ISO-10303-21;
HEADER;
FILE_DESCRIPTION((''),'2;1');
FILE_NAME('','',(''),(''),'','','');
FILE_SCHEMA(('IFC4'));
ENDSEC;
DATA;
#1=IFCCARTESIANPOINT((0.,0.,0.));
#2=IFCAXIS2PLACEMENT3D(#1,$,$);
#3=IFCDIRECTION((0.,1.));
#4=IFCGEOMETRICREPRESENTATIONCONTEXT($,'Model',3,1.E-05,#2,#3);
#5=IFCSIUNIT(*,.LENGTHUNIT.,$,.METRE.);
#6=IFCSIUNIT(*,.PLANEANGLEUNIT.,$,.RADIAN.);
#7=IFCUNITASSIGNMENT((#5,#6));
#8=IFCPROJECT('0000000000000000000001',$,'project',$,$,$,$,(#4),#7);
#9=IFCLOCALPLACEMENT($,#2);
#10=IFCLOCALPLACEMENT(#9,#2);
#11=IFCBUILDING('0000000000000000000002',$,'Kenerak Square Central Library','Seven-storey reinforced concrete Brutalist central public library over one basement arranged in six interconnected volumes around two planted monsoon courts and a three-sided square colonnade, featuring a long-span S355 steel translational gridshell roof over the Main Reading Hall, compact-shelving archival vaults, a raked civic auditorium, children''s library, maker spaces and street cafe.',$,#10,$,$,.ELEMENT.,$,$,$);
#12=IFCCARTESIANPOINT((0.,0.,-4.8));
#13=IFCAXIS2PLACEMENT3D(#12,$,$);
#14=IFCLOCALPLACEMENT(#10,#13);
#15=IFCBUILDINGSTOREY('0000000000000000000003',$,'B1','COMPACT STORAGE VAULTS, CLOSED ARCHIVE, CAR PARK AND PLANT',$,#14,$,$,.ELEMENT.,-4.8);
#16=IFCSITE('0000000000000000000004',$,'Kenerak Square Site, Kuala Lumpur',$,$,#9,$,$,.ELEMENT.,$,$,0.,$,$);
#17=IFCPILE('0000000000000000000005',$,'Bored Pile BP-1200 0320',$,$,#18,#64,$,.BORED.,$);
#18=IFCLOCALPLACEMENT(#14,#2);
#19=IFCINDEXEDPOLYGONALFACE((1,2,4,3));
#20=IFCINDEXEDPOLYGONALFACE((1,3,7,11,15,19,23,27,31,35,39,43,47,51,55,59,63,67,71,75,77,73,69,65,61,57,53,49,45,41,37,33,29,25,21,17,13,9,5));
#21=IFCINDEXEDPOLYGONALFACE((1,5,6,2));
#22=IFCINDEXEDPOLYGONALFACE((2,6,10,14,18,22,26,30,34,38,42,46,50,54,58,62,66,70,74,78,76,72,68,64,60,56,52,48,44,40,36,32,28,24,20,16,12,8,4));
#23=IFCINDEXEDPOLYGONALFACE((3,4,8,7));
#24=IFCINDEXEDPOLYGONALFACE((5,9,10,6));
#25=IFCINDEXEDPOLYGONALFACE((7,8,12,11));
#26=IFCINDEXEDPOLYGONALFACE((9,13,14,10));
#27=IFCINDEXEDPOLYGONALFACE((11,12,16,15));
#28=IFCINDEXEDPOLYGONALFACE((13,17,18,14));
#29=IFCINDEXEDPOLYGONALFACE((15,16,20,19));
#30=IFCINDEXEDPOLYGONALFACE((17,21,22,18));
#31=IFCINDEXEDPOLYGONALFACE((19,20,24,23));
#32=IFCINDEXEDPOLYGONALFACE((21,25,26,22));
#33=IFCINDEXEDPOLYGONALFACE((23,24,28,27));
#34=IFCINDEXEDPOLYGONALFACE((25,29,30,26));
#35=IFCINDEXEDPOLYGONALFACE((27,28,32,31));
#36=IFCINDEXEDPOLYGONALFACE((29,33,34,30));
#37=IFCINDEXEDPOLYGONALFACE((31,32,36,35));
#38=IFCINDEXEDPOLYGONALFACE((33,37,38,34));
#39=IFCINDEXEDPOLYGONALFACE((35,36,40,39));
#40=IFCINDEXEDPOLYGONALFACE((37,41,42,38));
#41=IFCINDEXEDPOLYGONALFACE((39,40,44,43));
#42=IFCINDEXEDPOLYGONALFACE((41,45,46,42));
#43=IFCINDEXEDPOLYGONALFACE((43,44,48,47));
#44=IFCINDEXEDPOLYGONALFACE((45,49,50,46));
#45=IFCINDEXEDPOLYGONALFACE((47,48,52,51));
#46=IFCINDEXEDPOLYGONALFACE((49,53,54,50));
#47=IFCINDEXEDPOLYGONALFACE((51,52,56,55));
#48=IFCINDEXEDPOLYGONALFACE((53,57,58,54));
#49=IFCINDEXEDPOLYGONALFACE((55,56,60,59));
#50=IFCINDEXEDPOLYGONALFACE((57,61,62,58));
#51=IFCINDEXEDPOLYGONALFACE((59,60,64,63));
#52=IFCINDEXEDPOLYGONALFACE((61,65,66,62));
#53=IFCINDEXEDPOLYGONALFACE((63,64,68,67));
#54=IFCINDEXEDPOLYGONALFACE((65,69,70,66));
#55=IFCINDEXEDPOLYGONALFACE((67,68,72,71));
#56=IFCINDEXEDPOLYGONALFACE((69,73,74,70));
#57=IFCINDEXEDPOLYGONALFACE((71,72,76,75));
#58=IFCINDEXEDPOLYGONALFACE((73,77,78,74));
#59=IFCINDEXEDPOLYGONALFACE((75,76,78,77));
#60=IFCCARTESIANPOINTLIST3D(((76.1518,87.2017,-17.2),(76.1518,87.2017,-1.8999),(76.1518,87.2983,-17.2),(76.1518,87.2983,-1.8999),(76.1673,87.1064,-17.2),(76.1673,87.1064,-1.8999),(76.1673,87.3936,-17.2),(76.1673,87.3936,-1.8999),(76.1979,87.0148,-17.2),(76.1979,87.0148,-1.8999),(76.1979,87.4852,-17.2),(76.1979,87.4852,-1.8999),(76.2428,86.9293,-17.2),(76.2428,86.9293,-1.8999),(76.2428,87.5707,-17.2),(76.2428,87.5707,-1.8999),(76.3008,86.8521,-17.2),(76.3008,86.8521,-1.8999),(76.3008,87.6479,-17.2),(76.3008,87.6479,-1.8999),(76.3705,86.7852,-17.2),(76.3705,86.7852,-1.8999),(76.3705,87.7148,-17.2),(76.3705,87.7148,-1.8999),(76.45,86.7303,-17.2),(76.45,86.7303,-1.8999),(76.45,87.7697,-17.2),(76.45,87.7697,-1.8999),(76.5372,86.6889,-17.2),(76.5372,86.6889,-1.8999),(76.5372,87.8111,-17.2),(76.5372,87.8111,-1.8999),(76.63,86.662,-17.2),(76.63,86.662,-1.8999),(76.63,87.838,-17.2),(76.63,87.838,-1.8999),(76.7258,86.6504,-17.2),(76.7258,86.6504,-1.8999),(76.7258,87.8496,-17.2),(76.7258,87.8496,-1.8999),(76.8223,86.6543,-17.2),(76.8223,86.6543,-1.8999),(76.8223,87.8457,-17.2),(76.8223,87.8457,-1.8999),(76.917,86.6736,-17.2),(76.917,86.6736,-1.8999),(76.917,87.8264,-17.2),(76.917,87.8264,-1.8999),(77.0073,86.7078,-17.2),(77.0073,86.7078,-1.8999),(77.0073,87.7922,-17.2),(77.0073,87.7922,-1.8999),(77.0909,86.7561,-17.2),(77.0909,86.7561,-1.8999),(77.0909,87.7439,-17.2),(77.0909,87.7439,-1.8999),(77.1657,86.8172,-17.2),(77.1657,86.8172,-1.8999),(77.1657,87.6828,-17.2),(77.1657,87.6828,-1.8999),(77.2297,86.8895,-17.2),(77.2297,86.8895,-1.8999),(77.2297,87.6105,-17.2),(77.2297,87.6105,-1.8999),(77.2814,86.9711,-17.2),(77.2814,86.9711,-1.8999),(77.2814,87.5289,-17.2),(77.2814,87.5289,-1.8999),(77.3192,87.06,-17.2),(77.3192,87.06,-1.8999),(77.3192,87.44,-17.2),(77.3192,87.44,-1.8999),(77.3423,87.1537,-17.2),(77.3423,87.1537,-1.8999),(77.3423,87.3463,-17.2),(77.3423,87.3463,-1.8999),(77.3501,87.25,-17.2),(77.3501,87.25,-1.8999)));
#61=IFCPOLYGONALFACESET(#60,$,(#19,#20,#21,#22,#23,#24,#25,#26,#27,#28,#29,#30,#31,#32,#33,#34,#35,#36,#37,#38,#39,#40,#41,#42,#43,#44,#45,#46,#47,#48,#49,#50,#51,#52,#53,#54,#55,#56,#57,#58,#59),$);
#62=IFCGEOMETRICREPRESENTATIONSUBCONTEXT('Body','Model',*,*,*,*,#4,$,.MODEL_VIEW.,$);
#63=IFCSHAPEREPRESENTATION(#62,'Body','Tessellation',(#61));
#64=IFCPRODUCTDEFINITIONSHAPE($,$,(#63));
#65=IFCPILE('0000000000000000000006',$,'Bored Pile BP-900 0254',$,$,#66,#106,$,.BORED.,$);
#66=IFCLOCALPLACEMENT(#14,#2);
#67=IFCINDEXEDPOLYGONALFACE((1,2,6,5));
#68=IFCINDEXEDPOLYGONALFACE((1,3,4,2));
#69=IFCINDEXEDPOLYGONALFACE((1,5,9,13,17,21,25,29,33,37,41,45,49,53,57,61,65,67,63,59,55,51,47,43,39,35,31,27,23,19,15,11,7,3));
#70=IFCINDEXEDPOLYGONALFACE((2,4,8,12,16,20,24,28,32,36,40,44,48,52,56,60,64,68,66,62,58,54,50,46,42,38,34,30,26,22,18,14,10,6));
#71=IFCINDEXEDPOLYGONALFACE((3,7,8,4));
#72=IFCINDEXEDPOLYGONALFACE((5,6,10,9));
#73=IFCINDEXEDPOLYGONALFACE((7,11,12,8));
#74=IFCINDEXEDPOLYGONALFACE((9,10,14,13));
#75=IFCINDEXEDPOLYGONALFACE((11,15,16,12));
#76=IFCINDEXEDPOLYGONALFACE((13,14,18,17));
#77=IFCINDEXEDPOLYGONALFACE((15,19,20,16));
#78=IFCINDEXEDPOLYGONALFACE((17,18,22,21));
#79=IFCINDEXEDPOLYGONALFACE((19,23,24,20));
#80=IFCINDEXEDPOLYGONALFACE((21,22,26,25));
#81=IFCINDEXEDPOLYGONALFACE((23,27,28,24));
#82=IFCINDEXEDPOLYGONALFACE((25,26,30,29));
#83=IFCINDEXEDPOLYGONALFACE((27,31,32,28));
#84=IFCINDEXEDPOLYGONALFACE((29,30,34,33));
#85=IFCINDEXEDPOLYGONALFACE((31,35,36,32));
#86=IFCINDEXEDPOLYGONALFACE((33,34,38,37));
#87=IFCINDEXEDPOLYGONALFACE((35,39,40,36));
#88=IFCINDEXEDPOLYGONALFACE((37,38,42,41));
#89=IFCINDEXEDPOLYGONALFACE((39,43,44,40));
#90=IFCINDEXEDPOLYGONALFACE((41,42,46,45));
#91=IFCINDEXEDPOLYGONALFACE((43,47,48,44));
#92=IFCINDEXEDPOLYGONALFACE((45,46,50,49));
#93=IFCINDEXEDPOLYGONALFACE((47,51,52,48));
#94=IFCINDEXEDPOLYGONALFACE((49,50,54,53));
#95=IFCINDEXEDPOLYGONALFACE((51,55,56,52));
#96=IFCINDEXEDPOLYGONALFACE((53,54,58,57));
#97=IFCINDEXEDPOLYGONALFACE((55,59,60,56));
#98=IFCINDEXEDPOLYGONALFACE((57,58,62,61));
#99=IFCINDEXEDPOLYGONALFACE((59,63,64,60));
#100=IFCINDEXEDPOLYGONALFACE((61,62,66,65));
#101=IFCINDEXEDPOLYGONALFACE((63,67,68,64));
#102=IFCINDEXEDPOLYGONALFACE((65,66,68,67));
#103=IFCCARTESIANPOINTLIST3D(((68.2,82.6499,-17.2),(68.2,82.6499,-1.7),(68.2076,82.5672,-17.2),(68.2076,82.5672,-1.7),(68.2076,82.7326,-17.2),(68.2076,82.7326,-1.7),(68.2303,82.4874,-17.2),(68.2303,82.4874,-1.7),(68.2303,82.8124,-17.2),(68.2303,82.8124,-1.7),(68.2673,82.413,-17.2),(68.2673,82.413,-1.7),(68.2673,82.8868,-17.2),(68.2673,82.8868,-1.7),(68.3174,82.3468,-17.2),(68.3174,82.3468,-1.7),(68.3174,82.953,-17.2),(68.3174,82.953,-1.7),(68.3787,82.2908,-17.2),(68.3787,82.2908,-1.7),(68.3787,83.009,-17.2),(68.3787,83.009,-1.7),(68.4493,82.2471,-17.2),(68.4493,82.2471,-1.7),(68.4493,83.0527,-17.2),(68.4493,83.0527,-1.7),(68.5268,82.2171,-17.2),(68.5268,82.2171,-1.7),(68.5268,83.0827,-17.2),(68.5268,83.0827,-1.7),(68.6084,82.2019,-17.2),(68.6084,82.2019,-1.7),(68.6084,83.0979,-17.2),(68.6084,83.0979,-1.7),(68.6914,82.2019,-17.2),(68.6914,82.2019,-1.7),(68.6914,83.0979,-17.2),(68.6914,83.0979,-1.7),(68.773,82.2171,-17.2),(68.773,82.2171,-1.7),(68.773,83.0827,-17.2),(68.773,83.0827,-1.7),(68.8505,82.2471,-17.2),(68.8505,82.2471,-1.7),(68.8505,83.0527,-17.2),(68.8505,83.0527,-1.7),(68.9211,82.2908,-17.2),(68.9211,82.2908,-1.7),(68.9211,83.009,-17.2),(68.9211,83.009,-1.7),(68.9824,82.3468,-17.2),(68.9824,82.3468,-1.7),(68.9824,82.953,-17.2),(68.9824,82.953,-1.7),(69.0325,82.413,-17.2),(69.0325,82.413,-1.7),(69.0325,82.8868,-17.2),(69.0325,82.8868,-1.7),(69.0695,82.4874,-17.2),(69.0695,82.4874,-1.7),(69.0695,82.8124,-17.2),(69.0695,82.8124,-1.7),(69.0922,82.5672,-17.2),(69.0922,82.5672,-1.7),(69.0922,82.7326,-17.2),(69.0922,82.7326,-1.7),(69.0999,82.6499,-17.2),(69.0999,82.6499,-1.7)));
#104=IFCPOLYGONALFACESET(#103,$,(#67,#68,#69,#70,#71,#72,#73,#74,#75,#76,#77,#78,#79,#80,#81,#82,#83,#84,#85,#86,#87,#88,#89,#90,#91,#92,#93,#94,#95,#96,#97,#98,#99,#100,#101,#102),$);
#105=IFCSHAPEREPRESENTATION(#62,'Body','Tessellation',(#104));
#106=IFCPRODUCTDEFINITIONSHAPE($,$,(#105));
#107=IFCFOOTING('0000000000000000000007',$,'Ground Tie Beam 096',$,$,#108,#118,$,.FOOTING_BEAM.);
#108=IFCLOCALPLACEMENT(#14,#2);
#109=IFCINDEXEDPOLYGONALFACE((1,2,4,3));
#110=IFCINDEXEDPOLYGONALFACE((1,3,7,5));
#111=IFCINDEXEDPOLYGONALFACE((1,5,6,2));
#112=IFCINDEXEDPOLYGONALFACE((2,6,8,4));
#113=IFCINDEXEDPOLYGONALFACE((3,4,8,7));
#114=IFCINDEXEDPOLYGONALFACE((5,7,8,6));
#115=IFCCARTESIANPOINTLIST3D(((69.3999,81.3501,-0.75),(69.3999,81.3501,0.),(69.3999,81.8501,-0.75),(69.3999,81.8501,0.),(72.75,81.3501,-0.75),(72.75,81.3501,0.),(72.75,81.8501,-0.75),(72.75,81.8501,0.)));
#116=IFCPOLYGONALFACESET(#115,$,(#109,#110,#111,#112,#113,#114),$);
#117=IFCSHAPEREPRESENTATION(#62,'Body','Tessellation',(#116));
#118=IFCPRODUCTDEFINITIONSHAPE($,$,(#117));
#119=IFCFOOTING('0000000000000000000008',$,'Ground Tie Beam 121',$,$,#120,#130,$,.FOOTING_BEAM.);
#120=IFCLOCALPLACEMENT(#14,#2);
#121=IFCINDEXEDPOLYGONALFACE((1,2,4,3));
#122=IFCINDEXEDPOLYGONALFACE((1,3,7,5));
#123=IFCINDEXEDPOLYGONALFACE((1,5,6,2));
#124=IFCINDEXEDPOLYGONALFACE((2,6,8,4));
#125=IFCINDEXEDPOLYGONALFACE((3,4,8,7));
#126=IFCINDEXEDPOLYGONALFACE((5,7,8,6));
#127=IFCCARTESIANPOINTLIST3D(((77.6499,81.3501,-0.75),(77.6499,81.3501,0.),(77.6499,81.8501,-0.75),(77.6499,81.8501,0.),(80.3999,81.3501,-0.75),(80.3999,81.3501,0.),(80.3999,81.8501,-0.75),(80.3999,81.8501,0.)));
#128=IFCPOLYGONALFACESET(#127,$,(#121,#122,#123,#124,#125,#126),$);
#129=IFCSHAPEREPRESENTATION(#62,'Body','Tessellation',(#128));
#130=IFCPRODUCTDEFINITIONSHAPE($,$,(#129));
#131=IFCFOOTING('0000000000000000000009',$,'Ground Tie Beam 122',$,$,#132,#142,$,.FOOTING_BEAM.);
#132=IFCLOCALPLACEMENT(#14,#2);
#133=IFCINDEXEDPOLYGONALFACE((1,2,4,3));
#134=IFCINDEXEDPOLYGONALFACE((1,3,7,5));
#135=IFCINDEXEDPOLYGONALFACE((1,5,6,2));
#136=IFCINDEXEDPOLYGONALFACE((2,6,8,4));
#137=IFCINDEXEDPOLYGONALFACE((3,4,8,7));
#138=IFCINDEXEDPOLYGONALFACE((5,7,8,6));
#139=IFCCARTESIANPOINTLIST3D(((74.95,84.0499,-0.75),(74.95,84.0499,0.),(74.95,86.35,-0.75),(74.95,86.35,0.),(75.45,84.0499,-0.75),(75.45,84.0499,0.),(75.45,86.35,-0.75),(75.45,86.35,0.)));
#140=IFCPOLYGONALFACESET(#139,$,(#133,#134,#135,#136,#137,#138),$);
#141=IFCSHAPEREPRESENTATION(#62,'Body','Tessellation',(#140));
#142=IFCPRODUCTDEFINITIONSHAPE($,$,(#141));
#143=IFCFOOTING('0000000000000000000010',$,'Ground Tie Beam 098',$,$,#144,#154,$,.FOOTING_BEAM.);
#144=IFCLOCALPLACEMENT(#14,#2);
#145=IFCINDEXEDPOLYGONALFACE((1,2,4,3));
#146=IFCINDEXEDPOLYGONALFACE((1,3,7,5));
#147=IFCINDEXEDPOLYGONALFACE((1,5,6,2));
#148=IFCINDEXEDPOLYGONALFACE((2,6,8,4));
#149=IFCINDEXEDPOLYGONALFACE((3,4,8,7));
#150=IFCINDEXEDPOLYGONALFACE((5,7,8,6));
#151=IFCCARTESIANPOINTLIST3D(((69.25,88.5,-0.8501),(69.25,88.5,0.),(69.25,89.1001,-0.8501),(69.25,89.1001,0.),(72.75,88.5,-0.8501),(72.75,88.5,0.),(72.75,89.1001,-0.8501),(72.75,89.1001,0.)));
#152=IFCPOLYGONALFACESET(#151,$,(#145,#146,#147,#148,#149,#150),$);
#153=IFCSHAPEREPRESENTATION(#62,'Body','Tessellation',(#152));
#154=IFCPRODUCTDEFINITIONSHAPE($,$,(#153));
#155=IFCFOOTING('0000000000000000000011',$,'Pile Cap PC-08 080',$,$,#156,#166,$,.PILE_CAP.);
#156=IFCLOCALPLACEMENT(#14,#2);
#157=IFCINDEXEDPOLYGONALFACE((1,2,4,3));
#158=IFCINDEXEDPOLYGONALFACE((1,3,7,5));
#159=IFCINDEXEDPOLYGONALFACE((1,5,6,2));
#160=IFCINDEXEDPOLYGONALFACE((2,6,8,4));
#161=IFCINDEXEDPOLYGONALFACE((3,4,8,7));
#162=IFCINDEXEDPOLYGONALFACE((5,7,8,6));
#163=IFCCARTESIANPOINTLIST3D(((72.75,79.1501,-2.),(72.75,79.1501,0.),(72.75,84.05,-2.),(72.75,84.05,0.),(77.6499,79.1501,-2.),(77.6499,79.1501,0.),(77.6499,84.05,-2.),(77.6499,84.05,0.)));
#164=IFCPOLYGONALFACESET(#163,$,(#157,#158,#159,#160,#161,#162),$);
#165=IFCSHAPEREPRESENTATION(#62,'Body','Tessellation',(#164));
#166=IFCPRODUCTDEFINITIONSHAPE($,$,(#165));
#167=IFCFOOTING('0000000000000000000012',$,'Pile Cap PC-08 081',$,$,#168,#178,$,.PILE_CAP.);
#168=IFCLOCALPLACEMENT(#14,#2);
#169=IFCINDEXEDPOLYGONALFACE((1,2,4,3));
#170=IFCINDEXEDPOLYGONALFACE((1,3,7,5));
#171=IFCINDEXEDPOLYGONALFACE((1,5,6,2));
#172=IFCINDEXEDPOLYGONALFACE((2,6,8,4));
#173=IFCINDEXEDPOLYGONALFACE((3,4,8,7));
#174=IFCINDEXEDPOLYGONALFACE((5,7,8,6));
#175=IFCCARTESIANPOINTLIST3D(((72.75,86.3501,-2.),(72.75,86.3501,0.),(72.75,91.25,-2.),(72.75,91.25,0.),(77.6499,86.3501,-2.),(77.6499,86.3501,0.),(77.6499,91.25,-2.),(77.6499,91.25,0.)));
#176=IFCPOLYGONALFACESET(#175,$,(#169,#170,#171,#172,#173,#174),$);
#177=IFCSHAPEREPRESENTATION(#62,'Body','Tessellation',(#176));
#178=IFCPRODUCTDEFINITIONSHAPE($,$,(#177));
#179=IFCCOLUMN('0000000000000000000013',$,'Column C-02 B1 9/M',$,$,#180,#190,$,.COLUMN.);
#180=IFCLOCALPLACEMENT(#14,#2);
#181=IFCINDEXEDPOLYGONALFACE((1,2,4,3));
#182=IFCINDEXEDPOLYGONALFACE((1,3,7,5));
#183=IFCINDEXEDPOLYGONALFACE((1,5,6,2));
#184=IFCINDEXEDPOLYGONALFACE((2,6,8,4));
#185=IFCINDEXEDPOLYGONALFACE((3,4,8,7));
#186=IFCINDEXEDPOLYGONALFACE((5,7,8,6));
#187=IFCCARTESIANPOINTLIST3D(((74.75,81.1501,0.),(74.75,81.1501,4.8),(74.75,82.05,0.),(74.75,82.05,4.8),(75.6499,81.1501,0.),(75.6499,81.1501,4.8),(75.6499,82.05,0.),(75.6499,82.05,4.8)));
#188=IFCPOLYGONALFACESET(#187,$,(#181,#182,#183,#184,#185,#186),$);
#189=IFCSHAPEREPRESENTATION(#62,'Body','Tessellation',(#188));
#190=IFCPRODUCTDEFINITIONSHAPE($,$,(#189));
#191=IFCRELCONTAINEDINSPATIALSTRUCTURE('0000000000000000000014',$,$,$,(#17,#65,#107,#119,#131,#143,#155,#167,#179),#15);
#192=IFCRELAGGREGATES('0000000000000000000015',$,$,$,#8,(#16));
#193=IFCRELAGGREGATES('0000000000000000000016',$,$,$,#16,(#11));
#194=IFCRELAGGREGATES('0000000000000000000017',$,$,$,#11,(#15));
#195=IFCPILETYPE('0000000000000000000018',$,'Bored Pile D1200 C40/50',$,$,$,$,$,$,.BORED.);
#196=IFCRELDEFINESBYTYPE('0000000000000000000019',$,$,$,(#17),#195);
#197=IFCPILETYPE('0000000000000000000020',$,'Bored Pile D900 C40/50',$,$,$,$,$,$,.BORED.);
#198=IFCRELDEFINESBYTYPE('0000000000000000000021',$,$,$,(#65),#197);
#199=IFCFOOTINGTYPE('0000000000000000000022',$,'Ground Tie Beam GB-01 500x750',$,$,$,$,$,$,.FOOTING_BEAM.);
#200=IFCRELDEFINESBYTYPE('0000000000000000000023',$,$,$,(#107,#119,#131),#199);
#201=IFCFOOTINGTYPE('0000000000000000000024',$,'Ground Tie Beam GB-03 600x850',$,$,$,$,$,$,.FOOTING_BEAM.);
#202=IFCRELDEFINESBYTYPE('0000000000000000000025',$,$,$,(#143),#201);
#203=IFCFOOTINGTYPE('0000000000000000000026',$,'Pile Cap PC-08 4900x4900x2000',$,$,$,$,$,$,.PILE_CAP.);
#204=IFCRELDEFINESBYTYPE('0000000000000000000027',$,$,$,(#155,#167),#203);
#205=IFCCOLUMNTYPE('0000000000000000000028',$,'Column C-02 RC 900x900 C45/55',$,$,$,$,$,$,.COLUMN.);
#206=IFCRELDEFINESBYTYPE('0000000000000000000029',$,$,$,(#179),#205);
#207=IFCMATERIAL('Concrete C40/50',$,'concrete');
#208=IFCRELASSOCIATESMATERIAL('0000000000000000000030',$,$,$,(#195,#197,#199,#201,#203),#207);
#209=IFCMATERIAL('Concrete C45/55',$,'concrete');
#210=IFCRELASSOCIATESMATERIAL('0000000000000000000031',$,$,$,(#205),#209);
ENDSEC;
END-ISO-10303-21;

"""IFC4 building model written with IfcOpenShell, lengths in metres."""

from ifc_helpers import new_model, si_unit, direction, frame, origin, origin_2d, place, context, subcontext, project, spatial, rectangle, circle, extrude, material, material_profile, profile_set, type_object, element, save


model = new_model("IFC4")

# Units and contexts
model_context = context("Model", 3, precision=1e-05, world=origin(), true_north=direction((0.0, 1.0)))
body_context = subcontext(model_context, "Body", "Model", "MODEL_VIEW")
ifc_project = project(units=[si_unit("LENGTHUNIT", "METRE"), si_unit("PLANEANGLEUNIT", "RADIAN")], contexts=[model_context])

# Site, building, storey
site_placement = place(None, origin())
site = spatial("IfcSite", under=ifc_project, at=site_placement, Name="Kenerak Square Site, Kuala Lumpur", CompositionType="ELEMENT", RefElevation=0.0)
building_placement = place(site_placement, origin())
building = spatial("IfcBuilding", under=site, at=building_placement, Name="Kenerak Square Central Library", Description="Seven-storey reinforced concrete Brutalist central public library over one basement arranged in six interconnected volumes around two planted monsoon courts and a three-sided square colonnade, featuring a long-span S355 steel translational gridshell roof over the Main Reading Hall, compact-shelving archival vaults, a raked civic auditorium, children's library, maker spaces and street cafe.", CompositionType="ELEMENT")
storey_placement = place(building_placement, frame((0.0, 0.0, -4.8)))
storey = spatial("IfcBuildingStorey", under=building, at=storey_placement, Name="B1", Description="COMPACT STORAGE VAULTS, CLOSED ARCHIVE, CAR PARK AND PLANT", CompositionType="ELEMENT", Elevation=-4.8)

# Piles
ifc_material_1 = material(Name="Concrete C40/50", Category="concrete")
ifc_material_profile_1 = material_profile(ifc_material_1, circle(Radius=0.6001, at=origin_2d()), Name="BP D1200")
ifc_profile_set_1 = profile_set([ifc_material_profile_1], Name="Concrete C40/50")
pile_type_1 = type_object("IfcPileType", Name="Bored Pile D1200 C40/50", PredefinedType="BORED", material=ifc_profile_set_1)
for number, where, z_axis, x_axis, name in (
    (1, (76.75, 87.25, -1.8999), (0.0, 0.0, -1.0), (1.0, 0.0, 0.0), "Bored Pile BP-1200 0320"),
):
    element("IfcPile", number, at=place(storey_placement, frame(where, z_axis=z_axis, x_axis=x_axis)), inside=storey, type_object=pile_type_1, Name=name, PredefinedType="BORED", context=body_context, shape_type="SweptSolid", body=[
        extrude(circle(Radius=0.6001, at=origin_2d()), origin(), (0.0, 0.0, 1.0), 15.3),
    ])
ifc_material_profile_2 = material_profile(ifc_material_1, circle(Radius=0.45, at=origin_2d()), Name="BP D900")
ifc_profile_set_2 = profile_set([ifc_material_profile_2], Name="Concrete C40/50")
pile_type_2 = type_object("IfcPileType", Name="Bored Pile D900 C40/50", PredefinedType="BORED", material=ifc_profile_set_2)
pile_placement = place(storey_placement, frame((68.6499, 82.6499, -1.7), z_axis=(0.0, 0.0, -1.0), x_axis=(1.0, 0.0, 0.0)))
element("IfcPile", 2, at=pile_placement, inside=storey, type_object=pile_type_2, Name="Bored Pile BP-900 0254", PredefinedType="BORED", context=body_context, shape_type="SweptSolid", body=[
    extrude(circle(Radius=0.45, at=origin_2d()), origin(), (0.0, 0.0, 1.0), 15.5),
])

# Footings
footing_type_1 = type_object("IfcFootingType", Name="Ground Tie Beam GB-01 500x750", PredefinedType="FOOTING_BEAM", material=ifc_material_1)
footing_1_placement = place(storey_placement, frame((71.075, 81.6001, -0.75), z_axis=(0.0, 0.0, 1.0), x_axis=(1.0, 0.0, 0.0)))
element("IfcFooting", 3, at=footing_1_placement, inside=storey, type_object=footing_type_1, Name="Ground Tie Beam 096", PredefinedType="FOOTING_BEAM", context=body_context, shape_type="SweptSolid", body=[
    extrude(rectangle(XDim=3.3501, YDim=0.5, at=origin_2d()), origin(), (0.0, 0.0, 1.0), 0.75),
])
footing_2_placement = place(storey_placement, frame((79.0249, 81.6001, -0.75), z_axis=(0.0, 0.0, 1.0), x_axis=(1.0, 0.0, 0.0)))
element("IfcFooting", 4, at=footing_2_placement, inside=storey, type_object=footing_type_1, Name="Ground Tie Beam 121", PredefinedType="FOOTING_BEAM", context=body_context, shape_type="SweptSolid", body=[
    extrude(rectangle(XDim=2.75, YDim=0.5, at=origin_2d()), origin(), (0.0, 0.0, 1.0), 0.75),
])
footing_3_placement = place(storey_placement, frame((75.2, 85.2, -0.75), z_axis=(0.0, 0.0, 1.0), x_axis=(1.0, 0.0, 0.0)))
element("IfcFooting", 5, at=footing_3_placement, inside=storey, type_object=footing_type_1, Name="Ground Tie Beam 122", PredefinedType="FOOTING_BEAM", context=body_context, shape_type="SweptSolid", body=[
    extrude(rectangle(XDim=0.5, YDim=2.3, at=origin_2d()), origin(), (0.0, 0.0, 1.0), 0.75),
])
footing_type_2 = type_object("IfcFootingType", Name="Ground Tie Beam GB-03 600x850", PredefinedType="FOOTING_BEAM", material=ifc_material_1)
footing_4_placement = place(storey_placement, frame((71.0, 88.8, -0.8501), z_axis=(0.0, 0.0, 1.0), x_axis=(1.0, 0.0, 0.0)))
element("IfcFooting", 6, at=footing_4_placement, inside=storey, type_object=footing_type_2, Name="Ground Tie Beam 098", PredefinedType="FOOTING_BEAM", context=body_context, shape_type="SweptSolid", body=[
    extrude(rectangle(XDim=3.5, YDim=0.6001, at=origin_2d()), origin(), (0.0, 0.0, 1.0), 0.8501),
])
footing_type_3 = type_object("IfcFootingType", Name="Pile Cap PC-08 4900x4900x2000", PredefinedType="PILE_CAP", material=ifc_material_1)
for number, where, z_axis, x_axis, name in (
    (7, (75.2, 81.6001, -2.0), (0.0, 0.0, 1.0), (1.0, 0.0, 0.0), "Pile Cap PC-08 080"),
    (8, (75.2, 88.8, -2.0), (0.0, 0.0, 1.0), (1.0, 0.0, 0.0), "Pile Cap PC-08 081"),
):
    element("IfcFooting", number, at=place(storey_placement, frame(where, z_axis=z_axis, x_axis=x_axis)), inside=storey, type_object=footing_type_3, Name=name, PredefinedType="PILE_CAP", context=body_context, shape_type="SweptSolid", body=[
        extrude(rectangle(XDim=4.8999, YDim=4.8999, at=origin_2d()), origin(), (0.0, 0.0, 1.0), 2.0),
    ])

# Column
ifc_material_2 = material(Name="Concrete C45/55", Category="concrete")
ifc_material_profile_3 = material_profile(ifc_material_2, rectangle(XDim=0.8999, YDim=0.8999, at=origin_2d()), Name="RC 900x900")
ifc_profile_set_3 = profile_set([ifc_material_profile_3], Name="Concrete C45/55")
column_type = type_object("IfcColumnType", Name="Column C-02 RC 900x900 C45/55", PredefinedType="COLUMN", material=ifc_profile_set_3)
column_placement = place(storey_placement, frame((75.2, 81.6001, 0.0), z_axis=(0.0, 0.0, 1.0), x_axis=(1.0, 0.0, 0.0)))
element("IfcColumn", 9, at=column_placement, inside=storey, type_object=column_type, Name="Column C-02 B1 9/M", PredefinedType="COLUMN", context=body_context, shape_type="SweptSolid", body=[
    extrude(rectangle(XDim=0.8999, YDim=0.8999, at=origin_2d()), origin(), (0.0, 0.0, 1.0), 4.8),
])

save(model, "model.ifc")
